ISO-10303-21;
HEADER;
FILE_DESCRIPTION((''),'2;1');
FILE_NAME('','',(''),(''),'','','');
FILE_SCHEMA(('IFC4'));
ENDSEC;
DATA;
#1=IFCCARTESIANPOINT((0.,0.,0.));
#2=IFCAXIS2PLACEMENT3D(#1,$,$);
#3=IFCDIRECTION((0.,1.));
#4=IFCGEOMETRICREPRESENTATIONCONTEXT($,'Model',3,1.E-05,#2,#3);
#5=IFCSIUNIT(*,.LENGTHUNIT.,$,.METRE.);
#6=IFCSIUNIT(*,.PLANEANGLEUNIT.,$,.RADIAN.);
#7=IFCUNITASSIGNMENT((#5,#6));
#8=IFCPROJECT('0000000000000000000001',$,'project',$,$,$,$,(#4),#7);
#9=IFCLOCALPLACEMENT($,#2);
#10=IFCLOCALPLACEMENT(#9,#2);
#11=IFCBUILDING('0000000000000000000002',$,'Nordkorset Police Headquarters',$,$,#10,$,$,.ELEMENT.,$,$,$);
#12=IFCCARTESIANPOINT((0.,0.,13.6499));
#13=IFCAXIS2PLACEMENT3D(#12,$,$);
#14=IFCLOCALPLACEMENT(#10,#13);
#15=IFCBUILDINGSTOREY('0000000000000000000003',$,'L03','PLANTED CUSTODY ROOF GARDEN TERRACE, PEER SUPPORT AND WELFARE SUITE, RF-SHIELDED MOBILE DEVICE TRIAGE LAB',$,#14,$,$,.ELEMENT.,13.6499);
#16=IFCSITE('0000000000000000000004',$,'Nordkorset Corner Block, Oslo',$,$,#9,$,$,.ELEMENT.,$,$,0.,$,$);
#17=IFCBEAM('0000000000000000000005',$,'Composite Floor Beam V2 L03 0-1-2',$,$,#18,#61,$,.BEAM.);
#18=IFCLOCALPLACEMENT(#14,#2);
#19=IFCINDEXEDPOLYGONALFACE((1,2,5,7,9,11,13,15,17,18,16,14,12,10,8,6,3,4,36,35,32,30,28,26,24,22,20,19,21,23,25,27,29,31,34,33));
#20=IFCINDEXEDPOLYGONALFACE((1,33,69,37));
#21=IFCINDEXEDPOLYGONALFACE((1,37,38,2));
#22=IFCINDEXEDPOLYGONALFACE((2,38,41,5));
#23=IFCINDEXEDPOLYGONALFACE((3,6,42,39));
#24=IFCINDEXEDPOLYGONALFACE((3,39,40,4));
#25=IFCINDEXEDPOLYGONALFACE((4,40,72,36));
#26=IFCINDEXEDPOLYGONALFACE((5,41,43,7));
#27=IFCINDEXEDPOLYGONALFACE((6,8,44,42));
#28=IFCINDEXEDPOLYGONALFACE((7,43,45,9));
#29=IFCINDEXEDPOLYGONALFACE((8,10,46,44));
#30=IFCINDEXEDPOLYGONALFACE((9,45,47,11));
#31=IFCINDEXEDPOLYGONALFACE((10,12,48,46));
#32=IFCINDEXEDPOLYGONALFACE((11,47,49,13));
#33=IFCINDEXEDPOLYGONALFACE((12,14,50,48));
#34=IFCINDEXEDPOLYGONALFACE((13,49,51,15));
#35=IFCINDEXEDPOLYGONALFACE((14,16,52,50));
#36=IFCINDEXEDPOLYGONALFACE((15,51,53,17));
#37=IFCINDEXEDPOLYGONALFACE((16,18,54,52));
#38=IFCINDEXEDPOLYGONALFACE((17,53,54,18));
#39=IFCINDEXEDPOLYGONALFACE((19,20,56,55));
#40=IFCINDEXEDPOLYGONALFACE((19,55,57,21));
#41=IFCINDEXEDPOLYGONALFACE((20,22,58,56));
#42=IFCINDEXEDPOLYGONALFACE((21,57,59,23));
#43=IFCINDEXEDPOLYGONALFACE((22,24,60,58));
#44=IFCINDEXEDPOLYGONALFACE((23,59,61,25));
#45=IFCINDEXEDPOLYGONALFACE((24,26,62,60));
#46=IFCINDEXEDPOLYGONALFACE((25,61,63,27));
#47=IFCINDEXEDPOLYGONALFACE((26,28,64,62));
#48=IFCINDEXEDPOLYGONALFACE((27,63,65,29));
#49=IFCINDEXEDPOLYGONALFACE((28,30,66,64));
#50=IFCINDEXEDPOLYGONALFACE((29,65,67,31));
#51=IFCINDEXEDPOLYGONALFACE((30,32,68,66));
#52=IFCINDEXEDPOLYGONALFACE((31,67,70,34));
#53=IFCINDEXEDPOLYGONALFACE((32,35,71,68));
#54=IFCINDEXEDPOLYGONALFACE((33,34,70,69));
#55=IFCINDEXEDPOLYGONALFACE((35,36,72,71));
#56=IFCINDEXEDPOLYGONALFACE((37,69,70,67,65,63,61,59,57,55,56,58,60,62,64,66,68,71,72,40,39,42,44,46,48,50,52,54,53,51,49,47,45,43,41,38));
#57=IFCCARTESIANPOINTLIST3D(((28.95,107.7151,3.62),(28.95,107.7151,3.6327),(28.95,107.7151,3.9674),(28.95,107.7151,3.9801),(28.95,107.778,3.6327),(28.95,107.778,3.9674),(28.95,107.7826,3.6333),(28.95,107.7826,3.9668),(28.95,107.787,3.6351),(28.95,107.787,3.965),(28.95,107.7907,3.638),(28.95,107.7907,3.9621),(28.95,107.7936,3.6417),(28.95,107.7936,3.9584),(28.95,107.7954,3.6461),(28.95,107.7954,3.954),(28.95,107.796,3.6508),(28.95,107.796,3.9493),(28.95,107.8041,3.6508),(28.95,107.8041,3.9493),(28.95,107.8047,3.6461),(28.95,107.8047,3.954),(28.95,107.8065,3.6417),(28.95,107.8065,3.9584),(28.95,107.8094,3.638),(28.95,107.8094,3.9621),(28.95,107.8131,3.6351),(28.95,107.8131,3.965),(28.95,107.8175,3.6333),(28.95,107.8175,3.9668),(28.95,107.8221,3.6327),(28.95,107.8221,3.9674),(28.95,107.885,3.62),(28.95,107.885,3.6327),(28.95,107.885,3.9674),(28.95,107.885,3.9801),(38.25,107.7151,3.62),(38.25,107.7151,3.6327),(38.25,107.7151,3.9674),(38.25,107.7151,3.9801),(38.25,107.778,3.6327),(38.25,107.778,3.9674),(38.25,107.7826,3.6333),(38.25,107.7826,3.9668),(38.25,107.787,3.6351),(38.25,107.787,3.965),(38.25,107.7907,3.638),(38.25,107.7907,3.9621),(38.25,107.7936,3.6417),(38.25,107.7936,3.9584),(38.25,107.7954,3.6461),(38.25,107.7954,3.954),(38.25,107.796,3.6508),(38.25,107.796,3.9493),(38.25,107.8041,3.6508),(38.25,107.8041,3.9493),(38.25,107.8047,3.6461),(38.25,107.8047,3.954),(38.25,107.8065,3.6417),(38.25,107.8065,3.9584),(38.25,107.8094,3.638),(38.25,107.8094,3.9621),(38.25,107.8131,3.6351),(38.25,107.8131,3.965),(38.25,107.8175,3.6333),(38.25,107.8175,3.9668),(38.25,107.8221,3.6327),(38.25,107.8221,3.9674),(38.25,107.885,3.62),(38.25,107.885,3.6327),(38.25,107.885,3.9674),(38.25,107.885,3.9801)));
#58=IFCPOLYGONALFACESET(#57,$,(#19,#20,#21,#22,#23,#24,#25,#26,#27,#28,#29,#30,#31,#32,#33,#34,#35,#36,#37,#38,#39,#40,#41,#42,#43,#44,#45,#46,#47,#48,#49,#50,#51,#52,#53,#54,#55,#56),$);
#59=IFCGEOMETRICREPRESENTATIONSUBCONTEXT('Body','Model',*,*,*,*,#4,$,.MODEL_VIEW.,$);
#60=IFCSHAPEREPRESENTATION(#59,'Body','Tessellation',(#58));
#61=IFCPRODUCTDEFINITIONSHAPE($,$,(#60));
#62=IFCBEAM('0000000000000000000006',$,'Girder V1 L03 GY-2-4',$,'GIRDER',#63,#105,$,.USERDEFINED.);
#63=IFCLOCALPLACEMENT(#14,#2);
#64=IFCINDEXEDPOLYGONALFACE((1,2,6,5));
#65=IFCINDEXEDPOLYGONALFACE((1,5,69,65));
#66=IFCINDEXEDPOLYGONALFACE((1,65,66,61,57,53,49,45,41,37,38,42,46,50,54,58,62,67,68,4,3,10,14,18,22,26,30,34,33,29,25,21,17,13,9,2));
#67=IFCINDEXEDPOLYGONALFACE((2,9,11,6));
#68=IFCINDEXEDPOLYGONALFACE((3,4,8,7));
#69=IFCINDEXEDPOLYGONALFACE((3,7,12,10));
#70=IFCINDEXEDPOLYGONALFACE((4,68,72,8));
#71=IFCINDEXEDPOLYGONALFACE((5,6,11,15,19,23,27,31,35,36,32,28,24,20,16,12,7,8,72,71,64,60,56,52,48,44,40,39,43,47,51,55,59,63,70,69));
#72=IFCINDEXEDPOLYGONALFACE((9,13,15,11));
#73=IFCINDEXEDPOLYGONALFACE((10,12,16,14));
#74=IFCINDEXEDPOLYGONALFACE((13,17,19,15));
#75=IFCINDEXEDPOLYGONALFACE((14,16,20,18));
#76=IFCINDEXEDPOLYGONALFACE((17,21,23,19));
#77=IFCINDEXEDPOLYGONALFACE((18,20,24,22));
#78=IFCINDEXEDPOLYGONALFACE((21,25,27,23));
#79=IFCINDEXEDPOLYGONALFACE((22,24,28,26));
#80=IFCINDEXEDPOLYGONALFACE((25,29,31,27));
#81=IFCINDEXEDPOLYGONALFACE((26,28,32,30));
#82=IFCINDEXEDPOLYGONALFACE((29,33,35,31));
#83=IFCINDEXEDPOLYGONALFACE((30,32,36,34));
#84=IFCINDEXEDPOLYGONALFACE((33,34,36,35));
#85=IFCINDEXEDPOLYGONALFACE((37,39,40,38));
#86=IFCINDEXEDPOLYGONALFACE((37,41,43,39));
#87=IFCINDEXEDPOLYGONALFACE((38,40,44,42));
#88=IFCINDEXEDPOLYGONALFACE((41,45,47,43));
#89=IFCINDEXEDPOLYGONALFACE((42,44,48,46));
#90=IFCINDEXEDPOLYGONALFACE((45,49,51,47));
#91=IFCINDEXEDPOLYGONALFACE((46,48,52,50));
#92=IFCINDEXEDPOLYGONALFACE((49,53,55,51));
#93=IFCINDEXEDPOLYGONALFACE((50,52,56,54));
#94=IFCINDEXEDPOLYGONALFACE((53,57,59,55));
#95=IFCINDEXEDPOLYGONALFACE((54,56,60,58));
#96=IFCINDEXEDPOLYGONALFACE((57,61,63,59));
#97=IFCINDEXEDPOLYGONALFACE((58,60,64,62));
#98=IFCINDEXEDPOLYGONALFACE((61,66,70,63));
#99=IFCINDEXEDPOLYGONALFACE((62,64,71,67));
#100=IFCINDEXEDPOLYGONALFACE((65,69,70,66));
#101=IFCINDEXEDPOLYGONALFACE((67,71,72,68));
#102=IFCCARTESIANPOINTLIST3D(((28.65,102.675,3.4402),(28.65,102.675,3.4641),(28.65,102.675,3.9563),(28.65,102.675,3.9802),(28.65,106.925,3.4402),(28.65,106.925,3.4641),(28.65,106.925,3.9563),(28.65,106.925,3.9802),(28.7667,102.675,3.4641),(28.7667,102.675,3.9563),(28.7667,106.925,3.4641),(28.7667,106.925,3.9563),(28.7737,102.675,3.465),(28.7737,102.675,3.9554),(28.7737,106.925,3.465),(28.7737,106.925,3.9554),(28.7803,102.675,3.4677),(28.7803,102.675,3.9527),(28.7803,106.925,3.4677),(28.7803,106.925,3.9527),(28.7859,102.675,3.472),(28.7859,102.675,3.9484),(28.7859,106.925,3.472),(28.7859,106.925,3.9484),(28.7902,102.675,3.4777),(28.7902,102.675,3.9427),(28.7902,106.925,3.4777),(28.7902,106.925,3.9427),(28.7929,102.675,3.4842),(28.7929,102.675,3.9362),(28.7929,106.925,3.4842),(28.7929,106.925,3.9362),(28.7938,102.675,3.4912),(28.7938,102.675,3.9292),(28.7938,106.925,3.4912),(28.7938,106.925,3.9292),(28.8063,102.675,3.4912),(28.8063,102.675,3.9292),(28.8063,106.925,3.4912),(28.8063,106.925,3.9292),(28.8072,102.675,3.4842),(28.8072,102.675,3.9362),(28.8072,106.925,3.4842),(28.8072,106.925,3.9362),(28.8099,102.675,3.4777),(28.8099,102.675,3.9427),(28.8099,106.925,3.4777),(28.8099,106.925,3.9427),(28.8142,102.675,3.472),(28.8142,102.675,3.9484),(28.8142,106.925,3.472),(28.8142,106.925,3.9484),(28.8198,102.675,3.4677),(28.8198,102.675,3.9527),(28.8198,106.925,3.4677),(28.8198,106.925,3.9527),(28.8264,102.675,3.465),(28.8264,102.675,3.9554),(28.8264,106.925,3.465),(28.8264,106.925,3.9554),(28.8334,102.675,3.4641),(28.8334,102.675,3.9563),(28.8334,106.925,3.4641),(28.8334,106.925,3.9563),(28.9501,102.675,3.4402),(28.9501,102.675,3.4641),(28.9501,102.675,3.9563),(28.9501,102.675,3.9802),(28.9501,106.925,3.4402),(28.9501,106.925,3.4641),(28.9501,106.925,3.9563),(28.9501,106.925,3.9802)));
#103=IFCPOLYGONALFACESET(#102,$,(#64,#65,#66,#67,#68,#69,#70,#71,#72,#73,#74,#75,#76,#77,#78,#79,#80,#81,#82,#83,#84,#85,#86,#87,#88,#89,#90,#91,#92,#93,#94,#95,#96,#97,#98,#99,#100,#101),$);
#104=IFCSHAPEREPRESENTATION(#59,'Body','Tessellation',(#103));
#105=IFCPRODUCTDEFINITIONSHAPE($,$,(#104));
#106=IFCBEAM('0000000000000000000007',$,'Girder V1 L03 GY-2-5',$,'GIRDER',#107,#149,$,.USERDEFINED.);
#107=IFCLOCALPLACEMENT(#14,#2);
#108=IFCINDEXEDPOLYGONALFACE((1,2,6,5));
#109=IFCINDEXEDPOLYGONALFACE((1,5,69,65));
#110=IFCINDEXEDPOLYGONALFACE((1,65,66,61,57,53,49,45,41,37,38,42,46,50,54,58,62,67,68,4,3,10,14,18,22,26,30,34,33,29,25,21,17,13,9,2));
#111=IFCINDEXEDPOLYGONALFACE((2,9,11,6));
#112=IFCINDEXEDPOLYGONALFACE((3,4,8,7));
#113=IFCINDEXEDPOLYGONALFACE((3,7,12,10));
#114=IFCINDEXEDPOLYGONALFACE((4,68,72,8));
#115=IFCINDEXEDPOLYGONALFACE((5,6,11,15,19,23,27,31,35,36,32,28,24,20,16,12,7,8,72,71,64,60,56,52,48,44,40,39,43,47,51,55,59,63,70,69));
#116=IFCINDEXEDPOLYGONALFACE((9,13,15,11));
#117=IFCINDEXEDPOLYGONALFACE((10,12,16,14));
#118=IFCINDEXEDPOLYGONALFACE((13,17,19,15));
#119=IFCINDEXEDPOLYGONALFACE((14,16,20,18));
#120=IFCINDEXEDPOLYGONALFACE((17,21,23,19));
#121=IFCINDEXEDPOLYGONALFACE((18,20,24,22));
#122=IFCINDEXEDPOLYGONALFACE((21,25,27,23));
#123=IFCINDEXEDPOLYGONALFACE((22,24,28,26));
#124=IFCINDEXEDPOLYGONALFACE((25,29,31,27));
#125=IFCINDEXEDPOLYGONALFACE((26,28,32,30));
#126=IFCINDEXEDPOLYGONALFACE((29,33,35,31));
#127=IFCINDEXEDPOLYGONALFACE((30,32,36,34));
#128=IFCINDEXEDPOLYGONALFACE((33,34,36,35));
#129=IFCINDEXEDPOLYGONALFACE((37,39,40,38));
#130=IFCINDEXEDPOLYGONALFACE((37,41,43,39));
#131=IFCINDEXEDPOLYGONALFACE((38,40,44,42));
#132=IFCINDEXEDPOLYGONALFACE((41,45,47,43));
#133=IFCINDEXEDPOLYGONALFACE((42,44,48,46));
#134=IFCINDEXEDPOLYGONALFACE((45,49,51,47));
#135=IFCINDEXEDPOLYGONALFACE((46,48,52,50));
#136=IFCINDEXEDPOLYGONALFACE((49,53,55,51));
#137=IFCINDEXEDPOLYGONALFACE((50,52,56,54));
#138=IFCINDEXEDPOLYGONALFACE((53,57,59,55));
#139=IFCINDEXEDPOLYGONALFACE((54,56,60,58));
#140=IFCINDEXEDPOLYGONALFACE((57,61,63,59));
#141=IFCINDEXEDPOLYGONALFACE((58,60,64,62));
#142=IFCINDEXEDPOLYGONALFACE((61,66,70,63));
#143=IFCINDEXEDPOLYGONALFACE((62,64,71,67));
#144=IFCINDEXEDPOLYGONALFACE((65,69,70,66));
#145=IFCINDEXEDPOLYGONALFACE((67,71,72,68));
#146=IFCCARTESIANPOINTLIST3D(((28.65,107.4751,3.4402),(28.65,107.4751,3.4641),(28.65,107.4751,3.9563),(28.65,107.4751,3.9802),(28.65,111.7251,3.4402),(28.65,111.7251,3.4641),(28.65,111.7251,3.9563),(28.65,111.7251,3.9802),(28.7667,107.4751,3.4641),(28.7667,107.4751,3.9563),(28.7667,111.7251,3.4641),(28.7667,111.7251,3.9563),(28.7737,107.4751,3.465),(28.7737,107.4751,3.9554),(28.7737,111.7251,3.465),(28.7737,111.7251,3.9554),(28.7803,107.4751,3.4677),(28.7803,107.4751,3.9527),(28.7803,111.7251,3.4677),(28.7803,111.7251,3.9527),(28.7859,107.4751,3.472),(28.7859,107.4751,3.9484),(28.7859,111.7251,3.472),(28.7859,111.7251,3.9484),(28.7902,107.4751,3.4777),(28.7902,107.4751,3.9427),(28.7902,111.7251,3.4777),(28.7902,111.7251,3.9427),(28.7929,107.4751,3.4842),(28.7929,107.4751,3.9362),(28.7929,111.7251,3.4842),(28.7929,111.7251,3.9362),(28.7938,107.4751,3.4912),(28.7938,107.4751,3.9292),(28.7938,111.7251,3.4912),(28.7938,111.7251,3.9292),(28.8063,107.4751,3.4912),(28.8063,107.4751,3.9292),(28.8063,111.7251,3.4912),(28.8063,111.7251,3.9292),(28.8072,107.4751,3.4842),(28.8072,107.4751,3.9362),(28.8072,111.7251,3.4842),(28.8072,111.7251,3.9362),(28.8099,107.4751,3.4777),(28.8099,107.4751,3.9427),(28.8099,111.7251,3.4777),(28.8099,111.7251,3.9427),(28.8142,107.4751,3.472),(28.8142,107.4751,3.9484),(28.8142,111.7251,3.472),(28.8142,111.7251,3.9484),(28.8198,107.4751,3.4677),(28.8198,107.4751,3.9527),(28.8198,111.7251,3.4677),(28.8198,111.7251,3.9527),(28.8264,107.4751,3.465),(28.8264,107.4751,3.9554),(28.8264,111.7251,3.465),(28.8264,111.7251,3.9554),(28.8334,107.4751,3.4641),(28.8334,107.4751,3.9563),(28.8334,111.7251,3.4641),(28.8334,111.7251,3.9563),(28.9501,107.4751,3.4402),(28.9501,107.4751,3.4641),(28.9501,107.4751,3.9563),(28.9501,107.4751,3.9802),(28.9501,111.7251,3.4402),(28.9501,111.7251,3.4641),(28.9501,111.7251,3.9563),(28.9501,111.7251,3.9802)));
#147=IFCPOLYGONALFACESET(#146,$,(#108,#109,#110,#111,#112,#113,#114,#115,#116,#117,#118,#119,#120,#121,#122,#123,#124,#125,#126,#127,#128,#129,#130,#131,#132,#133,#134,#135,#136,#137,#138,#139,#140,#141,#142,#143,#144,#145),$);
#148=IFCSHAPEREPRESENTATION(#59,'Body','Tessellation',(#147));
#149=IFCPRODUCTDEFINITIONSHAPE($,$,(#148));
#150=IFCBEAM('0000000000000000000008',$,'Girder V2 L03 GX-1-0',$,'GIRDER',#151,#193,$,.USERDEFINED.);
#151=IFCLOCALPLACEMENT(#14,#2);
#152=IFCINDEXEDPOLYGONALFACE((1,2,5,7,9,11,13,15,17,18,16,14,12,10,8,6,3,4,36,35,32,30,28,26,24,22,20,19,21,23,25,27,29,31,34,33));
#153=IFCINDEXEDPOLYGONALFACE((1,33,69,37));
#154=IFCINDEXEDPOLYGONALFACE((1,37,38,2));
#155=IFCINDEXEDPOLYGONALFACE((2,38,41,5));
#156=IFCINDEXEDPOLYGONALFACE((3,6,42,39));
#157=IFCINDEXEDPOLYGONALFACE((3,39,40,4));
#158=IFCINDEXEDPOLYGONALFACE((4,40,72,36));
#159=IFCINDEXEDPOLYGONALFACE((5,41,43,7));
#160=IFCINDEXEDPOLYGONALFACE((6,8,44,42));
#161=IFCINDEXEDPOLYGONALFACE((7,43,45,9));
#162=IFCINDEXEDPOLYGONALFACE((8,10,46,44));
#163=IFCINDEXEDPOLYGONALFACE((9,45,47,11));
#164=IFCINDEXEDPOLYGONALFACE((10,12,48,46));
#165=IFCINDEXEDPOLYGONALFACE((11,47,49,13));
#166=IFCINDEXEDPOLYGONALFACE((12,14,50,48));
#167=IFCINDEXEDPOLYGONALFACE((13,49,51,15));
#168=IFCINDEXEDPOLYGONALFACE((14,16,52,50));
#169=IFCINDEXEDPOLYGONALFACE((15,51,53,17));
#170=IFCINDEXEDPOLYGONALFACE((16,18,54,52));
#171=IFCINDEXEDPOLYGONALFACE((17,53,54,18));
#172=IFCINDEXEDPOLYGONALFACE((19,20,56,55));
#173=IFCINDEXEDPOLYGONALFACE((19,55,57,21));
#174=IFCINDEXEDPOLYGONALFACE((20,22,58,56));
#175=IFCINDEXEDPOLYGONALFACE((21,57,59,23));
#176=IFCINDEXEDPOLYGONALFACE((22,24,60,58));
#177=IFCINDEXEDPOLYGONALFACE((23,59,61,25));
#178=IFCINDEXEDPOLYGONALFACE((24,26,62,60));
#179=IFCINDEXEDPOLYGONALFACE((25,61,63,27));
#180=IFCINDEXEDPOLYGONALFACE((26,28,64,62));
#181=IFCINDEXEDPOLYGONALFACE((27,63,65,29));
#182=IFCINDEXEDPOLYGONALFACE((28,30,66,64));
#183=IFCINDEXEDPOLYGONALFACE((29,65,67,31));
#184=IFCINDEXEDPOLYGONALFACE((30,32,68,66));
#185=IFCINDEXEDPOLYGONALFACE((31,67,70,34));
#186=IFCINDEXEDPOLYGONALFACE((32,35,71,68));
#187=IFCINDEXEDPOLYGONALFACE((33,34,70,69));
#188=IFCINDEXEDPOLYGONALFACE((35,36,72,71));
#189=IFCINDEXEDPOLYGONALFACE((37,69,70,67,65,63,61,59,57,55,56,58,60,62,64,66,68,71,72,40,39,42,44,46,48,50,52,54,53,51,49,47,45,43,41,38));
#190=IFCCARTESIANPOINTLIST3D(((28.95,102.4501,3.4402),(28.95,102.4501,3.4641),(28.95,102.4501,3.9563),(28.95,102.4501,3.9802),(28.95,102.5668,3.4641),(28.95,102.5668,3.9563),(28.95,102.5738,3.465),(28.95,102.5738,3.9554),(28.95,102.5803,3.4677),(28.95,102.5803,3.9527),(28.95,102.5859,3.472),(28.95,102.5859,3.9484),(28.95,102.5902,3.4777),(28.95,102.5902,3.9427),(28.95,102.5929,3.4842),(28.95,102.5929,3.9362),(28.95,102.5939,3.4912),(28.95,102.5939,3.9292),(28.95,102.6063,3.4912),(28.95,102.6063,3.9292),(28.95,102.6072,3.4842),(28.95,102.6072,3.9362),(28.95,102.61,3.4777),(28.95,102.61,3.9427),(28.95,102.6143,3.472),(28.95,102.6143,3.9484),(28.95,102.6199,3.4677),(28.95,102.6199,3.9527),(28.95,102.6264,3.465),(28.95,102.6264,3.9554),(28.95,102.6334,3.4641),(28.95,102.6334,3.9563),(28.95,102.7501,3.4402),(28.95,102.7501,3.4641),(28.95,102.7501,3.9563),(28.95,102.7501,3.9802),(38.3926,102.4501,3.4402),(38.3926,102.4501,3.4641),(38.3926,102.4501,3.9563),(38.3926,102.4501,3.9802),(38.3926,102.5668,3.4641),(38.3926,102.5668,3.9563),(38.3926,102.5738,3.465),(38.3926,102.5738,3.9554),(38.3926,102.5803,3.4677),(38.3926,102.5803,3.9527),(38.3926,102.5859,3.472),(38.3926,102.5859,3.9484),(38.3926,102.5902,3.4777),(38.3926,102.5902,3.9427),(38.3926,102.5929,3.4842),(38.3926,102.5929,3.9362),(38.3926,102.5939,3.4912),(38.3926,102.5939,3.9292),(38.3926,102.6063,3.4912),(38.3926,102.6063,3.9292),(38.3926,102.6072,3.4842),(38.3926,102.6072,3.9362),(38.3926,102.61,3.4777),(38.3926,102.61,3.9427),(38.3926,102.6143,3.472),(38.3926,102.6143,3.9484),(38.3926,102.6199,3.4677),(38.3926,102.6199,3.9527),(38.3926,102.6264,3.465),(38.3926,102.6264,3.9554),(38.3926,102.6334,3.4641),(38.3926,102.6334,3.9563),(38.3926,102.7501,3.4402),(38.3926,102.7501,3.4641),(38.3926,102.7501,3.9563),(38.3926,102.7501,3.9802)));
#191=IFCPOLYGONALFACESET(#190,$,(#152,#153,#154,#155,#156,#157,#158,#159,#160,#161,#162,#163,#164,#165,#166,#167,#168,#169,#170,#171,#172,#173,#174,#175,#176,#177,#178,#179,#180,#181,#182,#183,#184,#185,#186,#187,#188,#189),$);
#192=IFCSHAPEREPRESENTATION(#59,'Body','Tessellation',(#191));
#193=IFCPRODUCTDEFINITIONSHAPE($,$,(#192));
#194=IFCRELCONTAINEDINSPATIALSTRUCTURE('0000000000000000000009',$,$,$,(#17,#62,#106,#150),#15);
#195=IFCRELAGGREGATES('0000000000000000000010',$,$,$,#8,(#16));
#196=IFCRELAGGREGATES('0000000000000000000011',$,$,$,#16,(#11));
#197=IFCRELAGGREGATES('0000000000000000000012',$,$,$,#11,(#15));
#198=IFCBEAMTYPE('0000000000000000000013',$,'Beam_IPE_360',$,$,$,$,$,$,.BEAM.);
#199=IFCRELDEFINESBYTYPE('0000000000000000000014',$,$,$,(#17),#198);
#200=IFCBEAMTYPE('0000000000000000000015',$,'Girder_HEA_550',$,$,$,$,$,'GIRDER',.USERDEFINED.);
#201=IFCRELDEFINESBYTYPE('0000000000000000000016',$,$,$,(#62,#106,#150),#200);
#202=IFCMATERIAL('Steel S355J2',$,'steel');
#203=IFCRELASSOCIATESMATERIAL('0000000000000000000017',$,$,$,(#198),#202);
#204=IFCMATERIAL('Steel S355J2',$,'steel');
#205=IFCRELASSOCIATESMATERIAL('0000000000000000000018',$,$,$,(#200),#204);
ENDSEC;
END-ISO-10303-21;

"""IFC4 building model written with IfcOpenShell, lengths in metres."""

from ifc_helpers import new_model, si_unit, direction, frame, origin, origin_2d, place, context, subcontext, project, spatial, i_section, extrude, material, material_profile, profile_set, type_object, element, save


model = new_model("IFC4")

# Units and contexts
model_context = context("Model", 3, precision=1e-05, world=origin(), true_north=direction((0.0, 1.0)))
body_context = subcontext(model_context, "Body", "Model", "MODEL_VIEW")
ifc_project = project(units=[si_unit("LENGTHUNIT", "METRE"), si_unit("PLANEANGLEUNIT", "RADIAN")], contexts=[model_context])

# Site, building, storey
site_placement = place(None, origin())
site = spatial("IfcSite", under=ifc_project, at=site_placement, Name="Nordkorset Corner Block, Oslo", CompositionType="ELEMENT", RefElevation=0.0)
building_placement = place(site_placement, origin())
building = spatial("IfcBuilding", under=site, at=building_placement, Name="Nordkorset Police Headquarters", CompositionType="ELEMENT")
storey_placement = place(building_placement, frame((0.0, 0.0, 13.6499)))
storey = spatial("IfcBuildingStorey", under=building, at=storey_placement, Name="L03", Description="PLANTED CUSTODY ROOF GARDEN TERRACE, PEER SUPPORT AND WELFARE SUITE, RF-SHIELDED MOBILE DEVICE TRIAGE LAB", CompositionType="ELEMENT", Elevation=13.6499)

# Beams
ifc_material_1 = material(Name="Steel S355J2", Category="steel")
ifc_material_profile_1 = material_profile(ifc_material_1, i_section(OverallWidth=0.1699, OverallDepth=0.3601, WebThickness=0.0081, FlangeThickness=0.0127, FilletRadius=0.0181, at=origin_2d()), Name="IPE 360")
ifc_profile_set_1 = profile_set([ifc_material_profile_1], Name="Steel S355J2")
beam_type_1 = type_object("IfcBeamType", Name="Beam_IPE_360", PredefinedType="BEAM", material=ifc_profile_set_1)
for number, where, z_axis, x_axis, name in (
    (1, (28.95, 107.8, 3.8), (1.0, 0.0, 0.0), (0.0, 1.0, 0.0), "Composite Floor Beam V2 L03 0-1-2"),
):
    element("IfcBeam", number, at=place(storey_placement, frame(where, z_axis=z_axis, x_axis=x_axis)), inside=storey, type_object=beam_type_1, Name=name, PredefinedType="BEAM", context=body_context, shape_type="SweptSolid", body=[
        extrude(i_section(OverallWidth=0.1699, OverallDepth=0.3601, WebThickness=0.0081, FlangeThickness=0.0127, FilletRadius=0.0181, at=origin_2d()), origin(), (0.0, 0.0, 1.0), 9.3),
    ])
ifc_material_2 = material(Name="Steel S355J2", Category="steel")
ifc_material_profile_2 = material_profile(ifc_material_2, i_section(OverallWidth=0.3, OverallDepth=0.54, WebThickness=0.0125, FlangeThickness=0.0239, FilletRadius=0.0271, at=origin_2d()), Name="HEA 550")
ifc_profile_set_2 = profile_set([ifc_material_profile_2], Name="Steel S355J2")
beam_type_2 = type_object("IfcBeamType", Name="Girder_HEA_550", ElementType="GIRDER", PredefinedType="USERDEFINED", material=ifc_profile_set_2)
for number, where, z_axis, x_axis, name in (
    (2, (28.8, 102.675, 3.7102), (0.0, 1.0, 0.0), (-1.0, 0.0, 0.0), "Girder V1 L03 GY-2-4"),
    (3, (28.8, 107.4751, 3.7102), (0.0, 1.0, 0.0), (-1.0, 0.0, 0.0), "Girder V1 L03 GY-2-5"),
):
    element("IfcBeam", number, at=place(storey_placement, frame(where, z_axis=z_axis, x_axis=x_axis)), inside=storey, type_object=beam_type_2, Name=name, ObjectType="GIRDER", PredefinedType="USERDEFINED", context=body_context, shape_type="SweptSolid", body=[
        extrude(i_section(OverallWidth=0.3, OverallDepth=0.54, WebThickness=0.0125, FlangeThickness=0.0239, FilletRadius=0.0271, at=origin_2d()), origin(), (0.0, 0.0, 1.0), 4.25),
    ])
for number, where, z_axis, x_axis, name in (
    (4, (28.95, 102.6001, 3.7102), (1.0, 0.0, 0.0), (0.0, 1.0, 0.0), "Girder V2 L03 GX-1-0"),
):
    element("IfcBeam", number, at=place(storey_placement, frame(where, z_axis=z_axis, x_axis=x_axis)), inside=storey, type_object=beam_type_2, Name=name, ObjectType="GIRDER", PredefinedType="USERDEFINED", context=body_context, shape_type="SweptSolid", body=[
        extrude(i_section(OverallWidth=0.3, OverallDepth=0.54, WebThickness=0.0125, FlangeThickness=0.0239, FilletRadius=0.0271, at=origin_2d()), origin(), (0.0, 0.0, 1.0), 9.4426),
    ])

save(model, "model.ifc")
